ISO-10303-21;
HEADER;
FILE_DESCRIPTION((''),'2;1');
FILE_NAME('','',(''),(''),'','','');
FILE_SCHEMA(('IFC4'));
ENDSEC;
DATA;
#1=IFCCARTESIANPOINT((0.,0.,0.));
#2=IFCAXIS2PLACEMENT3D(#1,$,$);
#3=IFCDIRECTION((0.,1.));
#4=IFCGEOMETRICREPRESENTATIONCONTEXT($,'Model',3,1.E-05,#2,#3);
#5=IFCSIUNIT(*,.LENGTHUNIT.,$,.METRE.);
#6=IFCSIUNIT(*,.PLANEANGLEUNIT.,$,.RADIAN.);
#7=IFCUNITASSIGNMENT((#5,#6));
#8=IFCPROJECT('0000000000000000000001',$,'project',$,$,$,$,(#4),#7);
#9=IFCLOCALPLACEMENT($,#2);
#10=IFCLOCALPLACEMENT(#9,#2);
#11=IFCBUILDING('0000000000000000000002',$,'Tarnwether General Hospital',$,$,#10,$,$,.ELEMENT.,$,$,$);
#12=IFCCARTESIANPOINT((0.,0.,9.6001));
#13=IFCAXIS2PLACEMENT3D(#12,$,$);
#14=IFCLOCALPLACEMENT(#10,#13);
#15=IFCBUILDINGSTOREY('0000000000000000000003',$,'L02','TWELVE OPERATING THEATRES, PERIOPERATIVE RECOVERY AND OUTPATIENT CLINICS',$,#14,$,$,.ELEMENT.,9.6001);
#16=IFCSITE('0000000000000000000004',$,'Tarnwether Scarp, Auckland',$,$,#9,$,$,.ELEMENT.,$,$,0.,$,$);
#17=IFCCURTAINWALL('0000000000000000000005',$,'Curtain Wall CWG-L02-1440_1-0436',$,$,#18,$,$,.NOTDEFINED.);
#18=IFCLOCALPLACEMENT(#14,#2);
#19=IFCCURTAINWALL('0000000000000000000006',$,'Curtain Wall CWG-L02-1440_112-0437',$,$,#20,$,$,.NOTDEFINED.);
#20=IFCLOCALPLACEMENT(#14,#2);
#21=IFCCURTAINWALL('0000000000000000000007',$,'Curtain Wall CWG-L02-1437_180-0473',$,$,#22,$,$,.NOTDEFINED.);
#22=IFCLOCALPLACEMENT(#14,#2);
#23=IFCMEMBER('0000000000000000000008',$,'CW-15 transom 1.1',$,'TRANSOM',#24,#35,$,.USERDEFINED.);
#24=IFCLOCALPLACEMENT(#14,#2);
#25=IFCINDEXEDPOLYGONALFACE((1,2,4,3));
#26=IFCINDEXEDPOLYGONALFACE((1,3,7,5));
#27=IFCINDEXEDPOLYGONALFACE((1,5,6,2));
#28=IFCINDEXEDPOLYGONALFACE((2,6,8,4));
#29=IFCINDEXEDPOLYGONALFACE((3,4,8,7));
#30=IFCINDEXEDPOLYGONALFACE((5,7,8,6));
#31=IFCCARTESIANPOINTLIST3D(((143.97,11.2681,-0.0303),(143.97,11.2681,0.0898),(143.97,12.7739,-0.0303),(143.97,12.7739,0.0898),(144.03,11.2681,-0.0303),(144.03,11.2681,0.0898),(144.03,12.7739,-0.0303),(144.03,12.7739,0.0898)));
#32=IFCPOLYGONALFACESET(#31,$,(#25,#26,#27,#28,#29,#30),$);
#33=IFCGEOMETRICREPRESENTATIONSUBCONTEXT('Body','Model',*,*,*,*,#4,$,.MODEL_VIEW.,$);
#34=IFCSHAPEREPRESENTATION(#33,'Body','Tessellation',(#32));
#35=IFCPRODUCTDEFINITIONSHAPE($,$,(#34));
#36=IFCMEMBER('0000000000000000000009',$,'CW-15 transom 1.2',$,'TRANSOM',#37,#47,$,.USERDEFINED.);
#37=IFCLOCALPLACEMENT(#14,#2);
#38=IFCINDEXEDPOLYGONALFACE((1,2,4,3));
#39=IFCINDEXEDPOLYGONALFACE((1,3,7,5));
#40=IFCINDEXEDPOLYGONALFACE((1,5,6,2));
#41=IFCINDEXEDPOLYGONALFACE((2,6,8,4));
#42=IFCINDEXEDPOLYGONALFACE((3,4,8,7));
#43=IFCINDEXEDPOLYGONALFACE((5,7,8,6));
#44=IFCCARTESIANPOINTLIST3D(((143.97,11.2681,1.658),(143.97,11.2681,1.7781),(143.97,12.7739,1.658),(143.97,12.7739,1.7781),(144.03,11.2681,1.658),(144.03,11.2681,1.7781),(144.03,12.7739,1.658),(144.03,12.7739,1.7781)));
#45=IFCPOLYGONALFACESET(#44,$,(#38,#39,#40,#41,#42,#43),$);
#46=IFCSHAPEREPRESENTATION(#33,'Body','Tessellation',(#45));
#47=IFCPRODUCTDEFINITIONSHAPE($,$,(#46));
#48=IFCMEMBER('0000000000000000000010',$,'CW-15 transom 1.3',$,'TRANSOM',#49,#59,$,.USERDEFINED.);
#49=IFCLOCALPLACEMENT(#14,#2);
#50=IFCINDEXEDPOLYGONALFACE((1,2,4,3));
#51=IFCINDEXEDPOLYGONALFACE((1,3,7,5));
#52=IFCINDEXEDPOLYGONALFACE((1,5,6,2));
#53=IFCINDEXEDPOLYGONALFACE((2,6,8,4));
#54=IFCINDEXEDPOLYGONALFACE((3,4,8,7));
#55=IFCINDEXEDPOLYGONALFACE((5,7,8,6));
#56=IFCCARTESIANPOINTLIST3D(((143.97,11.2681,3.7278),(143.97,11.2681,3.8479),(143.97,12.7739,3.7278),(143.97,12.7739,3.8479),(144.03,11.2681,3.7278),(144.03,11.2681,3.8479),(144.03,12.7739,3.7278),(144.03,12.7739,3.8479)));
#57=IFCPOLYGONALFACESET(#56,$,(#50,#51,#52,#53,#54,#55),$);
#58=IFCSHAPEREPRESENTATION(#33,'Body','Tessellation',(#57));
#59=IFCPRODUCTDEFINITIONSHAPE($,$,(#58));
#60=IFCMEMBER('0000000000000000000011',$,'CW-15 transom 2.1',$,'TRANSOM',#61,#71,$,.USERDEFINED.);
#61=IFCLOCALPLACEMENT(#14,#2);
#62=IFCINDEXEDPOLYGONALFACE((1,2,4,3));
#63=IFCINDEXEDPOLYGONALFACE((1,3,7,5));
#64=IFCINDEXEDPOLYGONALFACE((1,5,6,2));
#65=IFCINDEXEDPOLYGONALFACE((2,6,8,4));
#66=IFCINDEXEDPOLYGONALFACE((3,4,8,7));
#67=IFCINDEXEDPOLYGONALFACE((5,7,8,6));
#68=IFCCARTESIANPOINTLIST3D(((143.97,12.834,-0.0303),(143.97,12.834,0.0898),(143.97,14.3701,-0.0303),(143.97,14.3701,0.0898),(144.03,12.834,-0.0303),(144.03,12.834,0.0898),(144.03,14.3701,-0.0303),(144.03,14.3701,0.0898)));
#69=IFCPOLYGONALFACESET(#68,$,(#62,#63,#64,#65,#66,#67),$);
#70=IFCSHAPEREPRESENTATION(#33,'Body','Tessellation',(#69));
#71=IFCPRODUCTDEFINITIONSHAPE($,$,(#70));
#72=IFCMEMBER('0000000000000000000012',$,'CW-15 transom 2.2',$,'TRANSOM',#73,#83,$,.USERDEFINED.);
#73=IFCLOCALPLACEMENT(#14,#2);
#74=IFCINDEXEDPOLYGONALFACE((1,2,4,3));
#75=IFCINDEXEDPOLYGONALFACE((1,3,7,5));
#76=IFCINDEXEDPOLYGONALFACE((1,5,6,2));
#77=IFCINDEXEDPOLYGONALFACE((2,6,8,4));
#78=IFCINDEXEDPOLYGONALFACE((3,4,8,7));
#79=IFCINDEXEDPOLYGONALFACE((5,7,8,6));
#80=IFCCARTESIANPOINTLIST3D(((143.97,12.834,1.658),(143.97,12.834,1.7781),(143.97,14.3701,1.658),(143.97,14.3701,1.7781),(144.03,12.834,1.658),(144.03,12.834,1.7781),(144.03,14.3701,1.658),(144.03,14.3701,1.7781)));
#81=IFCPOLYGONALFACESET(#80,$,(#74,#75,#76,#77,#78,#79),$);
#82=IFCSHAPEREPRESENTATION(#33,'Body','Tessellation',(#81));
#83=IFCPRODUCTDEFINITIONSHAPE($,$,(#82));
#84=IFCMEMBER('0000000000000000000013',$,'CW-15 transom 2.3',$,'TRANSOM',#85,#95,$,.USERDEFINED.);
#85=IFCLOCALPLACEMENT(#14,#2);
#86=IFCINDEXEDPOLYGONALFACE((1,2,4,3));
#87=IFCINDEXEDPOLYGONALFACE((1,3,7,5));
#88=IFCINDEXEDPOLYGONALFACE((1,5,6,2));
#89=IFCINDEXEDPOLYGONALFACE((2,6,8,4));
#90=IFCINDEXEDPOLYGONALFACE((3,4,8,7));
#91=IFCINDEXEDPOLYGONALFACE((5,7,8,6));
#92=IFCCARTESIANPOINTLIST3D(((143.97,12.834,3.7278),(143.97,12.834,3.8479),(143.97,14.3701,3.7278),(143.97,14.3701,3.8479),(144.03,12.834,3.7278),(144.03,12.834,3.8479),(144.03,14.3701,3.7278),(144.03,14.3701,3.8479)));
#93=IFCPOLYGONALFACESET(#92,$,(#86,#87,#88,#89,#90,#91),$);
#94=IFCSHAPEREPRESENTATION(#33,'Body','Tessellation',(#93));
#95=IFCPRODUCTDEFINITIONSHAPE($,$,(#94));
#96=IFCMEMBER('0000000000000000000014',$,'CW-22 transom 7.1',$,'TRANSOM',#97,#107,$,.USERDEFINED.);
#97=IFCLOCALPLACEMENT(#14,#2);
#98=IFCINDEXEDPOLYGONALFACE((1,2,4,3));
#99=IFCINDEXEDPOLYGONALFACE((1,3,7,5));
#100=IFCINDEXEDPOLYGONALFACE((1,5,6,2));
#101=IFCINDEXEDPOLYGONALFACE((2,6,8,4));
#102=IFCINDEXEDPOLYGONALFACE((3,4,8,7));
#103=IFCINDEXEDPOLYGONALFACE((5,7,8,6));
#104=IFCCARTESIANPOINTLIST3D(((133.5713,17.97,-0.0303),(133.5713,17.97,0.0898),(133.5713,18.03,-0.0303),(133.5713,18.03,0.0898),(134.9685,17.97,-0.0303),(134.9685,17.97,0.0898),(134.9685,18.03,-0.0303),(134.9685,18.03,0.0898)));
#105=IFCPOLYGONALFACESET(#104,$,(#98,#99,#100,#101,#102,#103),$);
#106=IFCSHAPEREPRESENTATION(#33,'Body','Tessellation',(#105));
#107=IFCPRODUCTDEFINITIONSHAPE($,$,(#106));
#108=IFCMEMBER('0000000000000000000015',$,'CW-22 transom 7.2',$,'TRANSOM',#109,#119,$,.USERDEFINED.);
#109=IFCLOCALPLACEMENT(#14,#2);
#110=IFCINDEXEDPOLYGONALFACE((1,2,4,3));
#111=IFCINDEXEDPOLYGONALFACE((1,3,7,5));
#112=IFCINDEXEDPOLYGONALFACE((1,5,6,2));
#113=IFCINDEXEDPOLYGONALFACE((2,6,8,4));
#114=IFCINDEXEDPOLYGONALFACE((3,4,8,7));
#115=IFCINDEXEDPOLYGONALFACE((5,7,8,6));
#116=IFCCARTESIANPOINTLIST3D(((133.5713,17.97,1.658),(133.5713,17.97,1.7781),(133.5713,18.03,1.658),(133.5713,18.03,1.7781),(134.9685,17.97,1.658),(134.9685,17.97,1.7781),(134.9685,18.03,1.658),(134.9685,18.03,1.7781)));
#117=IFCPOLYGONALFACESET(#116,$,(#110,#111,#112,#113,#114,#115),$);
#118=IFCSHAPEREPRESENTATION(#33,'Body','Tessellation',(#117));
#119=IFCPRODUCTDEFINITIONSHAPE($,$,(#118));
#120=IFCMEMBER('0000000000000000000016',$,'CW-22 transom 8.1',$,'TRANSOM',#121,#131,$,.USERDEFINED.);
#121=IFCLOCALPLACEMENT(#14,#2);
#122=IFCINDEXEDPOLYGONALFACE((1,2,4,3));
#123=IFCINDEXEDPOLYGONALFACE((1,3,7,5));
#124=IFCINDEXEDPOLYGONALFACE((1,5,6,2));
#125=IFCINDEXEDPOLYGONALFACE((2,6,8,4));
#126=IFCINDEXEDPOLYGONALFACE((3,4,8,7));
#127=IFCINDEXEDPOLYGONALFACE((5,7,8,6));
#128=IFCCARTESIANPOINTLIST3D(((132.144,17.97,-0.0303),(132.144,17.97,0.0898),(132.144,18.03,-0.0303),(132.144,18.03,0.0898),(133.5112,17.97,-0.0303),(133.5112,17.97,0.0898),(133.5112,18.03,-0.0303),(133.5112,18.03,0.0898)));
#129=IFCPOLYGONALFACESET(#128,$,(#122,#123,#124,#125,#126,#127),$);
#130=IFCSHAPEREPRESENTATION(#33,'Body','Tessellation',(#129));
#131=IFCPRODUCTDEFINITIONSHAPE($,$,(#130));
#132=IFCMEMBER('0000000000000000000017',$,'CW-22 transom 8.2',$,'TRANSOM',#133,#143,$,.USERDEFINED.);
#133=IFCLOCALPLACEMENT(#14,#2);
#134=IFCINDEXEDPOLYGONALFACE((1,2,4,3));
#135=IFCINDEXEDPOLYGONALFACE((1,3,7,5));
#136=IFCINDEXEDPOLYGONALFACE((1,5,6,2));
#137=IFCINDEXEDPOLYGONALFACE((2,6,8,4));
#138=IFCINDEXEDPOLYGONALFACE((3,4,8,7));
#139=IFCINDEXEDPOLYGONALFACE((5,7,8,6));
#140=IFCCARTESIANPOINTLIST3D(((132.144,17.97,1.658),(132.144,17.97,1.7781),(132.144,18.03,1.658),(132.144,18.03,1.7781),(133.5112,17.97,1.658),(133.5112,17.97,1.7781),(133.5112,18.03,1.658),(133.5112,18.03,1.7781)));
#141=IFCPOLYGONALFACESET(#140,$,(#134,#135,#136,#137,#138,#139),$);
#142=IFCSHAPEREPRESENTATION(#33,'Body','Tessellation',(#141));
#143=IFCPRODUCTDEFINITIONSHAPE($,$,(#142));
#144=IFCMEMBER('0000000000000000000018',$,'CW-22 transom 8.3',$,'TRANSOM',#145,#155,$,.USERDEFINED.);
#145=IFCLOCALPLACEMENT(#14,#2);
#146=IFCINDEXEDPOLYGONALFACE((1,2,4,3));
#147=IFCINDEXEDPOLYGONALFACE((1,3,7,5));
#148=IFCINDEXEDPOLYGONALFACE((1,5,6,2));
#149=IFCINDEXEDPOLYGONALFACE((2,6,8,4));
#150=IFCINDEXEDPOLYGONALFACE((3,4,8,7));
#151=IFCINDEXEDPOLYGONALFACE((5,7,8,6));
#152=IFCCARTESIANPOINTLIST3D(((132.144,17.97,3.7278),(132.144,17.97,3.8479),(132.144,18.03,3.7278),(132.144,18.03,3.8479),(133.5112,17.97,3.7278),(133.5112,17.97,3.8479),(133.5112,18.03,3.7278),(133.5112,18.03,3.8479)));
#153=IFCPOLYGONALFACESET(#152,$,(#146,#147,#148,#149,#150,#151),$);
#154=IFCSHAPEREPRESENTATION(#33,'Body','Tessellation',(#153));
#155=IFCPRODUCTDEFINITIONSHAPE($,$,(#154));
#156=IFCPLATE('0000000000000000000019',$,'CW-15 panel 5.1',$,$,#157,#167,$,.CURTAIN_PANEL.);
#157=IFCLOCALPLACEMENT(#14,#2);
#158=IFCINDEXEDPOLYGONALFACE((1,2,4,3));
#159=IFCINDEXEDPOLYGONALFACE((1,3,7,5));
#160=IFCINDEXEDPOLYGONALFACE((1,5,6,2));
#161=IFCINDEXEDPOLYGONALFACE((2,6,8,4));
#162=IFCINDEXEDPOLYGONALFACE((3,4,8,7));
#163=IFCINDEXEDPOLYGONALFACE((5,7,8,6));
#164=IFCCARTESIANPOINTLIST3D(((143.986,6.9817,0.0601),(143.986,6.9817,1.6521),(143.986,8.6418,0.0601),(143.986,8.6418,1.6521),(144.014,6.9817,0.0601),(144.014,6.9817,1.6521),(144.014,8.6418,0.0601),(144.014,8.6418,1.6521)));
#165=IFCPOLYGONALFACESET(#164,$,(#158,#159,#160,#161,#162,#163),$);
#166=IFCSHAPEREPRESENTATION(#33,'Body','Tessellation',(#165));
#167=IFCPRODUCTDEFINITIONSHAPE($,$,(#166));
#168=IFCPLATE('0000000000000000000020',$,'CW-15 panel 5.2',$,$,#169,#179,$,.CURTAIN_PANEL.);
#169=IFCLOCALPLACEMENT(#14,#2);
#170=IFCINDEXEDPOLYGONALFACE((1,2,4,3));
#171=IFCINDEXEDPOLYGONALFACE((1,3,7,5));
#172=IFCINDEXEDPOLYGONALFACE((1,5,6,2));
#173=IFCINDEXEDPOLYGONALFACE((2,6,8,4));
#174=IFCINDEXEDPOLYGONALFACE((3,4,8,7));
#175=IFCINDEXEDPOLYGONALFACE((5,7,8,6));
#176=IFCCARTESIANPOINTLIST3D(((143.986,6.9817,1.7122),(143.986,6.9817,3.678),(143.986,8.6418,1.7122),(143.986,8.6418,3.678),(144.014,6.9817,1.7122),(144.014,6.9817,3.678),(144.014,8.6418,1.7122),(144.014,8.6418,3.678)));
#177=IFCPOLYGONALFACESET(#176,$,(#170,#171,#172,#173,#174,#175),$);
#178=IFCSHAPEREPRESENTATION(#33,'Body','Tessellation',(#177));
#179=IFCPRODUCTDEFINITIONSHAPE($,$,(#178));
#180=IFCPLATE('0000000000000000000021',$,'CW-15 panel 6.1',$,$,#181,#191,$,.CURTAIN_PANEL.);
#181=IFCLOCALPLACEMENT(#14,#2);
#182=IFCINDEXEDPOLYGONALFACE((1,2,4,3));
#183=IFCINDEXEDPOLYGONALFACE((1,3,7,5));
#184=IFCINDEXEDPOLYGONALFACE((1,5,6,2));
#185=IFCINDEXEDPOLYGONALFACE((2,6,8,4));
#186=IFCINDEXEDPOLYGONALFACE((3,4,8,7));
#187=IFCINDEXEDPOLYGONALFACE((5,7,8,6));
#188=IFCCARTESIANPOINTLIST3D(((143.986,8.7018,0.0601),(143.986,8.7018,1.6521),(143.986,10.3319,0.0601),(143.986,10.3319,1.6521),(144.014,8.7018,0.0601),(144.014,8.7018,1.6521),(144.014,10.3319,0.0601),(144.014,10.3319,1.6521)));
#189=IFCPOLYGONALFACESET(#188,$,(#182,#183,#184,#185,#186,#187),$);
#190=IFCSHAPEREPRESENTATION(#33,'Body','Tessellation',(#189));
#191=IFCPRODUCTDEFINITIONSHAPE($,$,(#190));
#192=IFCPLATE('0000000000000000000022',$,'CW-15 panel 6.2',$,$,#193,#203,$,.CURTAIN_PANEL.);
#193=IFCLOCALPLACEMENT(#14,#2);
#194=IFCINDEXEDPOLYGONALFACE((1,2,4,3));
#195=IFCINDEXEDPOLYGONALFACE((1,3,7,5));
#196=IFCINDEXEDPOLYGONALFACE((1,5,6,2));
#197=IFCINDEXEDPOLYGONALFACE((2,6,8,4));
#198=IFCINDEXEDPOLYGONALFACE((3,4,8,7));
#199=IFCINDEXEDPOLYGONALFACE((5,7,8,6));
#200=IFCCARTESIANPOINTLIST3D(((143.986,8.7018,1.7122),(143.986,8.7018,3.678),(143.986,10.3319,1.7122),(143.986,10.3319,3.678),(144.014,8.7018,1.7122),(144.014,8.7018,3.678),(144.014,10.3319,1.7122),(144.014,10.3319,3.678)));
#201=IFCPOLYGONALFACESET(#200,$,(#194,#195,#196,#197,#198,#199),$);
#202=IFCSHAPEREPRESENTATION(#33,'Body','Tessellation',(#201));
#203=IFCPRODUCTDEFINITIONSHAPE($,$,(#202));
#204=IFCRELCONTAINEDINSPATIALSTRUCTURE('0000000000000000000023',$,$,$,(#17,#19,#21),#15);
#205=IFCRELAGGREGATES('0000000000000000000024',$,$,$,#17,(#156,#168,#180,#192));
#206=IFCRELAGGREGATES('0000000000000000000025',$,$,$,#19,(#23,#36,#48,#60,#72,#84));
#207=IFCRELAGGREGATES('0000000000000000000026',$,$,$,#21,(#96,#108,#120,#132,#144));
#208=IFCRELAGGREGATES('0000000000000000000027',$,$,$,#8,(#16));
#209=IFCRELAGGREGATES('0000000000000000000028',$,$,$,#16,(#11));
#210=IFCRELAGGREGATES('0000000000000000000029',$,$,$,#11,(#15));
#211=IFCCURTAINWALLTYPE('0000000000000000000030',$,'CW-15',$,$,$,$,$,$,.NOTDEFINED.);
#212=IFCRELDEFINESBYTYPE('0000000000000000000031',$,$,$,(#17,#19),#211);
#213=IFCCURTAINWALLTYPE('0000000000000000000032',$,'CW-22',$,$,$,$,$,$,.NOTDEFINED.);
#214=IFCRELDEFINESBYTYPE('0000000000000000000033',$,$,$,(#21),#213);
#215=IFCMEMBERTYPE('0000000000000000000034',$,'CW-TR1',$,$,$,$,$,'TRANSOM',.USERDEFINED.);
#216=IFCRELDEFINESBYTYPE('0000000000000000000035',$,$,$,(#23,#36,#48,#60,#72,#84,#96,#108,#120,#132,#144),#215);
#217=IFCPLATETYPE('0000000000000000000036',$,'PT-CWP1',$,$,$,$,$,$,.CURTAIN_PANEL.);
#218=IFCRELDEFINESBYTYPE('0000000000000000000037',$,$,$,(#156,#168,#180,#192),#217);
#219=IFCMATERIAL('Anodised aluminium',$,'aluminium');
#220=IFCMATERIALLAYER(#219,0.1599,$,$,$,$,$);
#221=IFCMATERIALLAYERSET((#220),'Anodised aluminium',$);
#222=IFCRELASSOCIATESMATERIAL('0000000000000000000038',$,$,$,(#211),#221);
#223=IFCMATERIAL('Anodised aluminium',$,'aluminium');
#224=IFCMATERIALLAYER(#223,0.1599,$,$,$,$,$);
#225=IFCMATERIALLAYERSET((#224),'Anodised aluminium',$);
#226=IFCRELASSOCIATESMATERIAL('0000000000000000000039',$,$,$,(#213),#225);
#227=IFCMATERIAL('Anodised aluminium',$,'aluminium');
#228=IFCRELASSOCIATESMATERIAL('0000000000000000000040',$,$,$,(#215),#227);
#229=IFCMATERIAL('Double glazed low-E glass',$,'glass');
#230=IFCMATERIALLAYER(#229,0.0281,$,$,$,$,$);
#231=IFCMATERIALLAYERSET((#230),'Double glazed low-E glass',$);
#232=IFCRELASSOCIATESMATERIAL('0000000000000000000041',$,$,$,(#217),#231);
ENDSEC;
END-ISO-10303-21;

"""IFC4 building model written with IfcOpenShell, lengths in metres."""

from ifc_helpers import new_model, si_unit, direction, frame, origin, origin_2d, place, context, subcontext, project, spatial, rectangle, extrude, material, layer, layer_set, material_profile, profile_set, type_object, element, aggregate, save


model = new_model("IFC4")

# Units and contexts
model_context = context("Model", 3, precision=1e-05, world=origin(), true_north=direction((0.0, 1.0)))
body_context = subcontext(model_context, "Body", "Model", "MODEL_VIEW")
ifc_project = project(units=[si_unit("LENGTHUNIT", "METRE"), si_unit("PLANEANGLEUNIT", "RADIAN")], contexts=[model_context])

# Site, building, storey
site_placement = place(None, origin())
site = spatial("IfcSite", under=ifc_project, at=site_placement, Name="Tarnwether Scarp, Auckland", CompositionType="ELEMENT", RefElevation=0.0)
building_placement = place(site_placement, origin())
building = spatial("IfcBuilding", under=site, at=building_placement, Name="Tarnwether General Hospital", CompositionType="ELEMENT")
storey_placement = place(building_placement, frame((0.0, 0.0, 9.6001)))
storey = spatial("IfcBuildingStorey", under=building, at=storey_placement, Name="L02", Description="TWELVE OPERATING THEATRES, PERIOPERATIVE RECOVERY AND OUTPATIENT CLINICS", CompositionType="ELEMENT", Elevation=9.6001)

# Curtain walls
ifc_material_1 = material(Name="Anodised aluminium", Category="aluminium")
ifc_layer_1 = layer(ifc_material_1, 0.1599)
ifc_layer_set_1 = layer_set([ifc_layer_1], Name="Anodised aluminium")
curtain_wall_type_1 = type_object("IfcCurtainWallType", Name="CW-15", PredefinedType="NOTDEFINED", material=ifc_layer_set_1)
curtain_wall_1_placement = place(storey_placement, origin())
curtain_wall_1 = element("IfcCurtainWall", 1, at=curtain_wall_1_placement, inside=storey, type_object=curtain_wall_type_1, Name="Curtain Wall CWG-L02-1440_1-0436", PredefinedType="NOTDEFINED")
curtain_wall_2_placement = place(storey_placement, origin())
curtain_wall_2 = element("IfcCurtainWall", 2, at=curtain_wall_2_placement, inside=storey, type_object=curtain_wall_type_1, Name="Curtain Wall CWG-L02-1440_112-0437", PredefinedType="NOTDEFINED")
ifc_material_2 = material(Name="Anodised aluminium", Category="aluminium")
ifc_layer_2 = layer(ifc_material_2, 0.1599)
ifc_layer_set_2 = layer_set([ifc_layer_2], Name="Anodised aluminium")
curtain_wall_type_2 = type_object("IfcCurtainWallType", Name="CW-22", PredefinedType="NOTDEFINED", material=ifc_layer_set_2)
curtain_wall_3_placement = place(storey_placement, origin())
curtain_wall_3 = element("IfcCurtainWall", 3, at=curtain_wall_3_placement, inside=storey, type_object=curtain_wall_type_2, Name="Curtain Wall CWG-L02-1437_180-0473", PredefinedType="NOTDEFINED")

# Members
ifc_material_3 = material(Name="Anodised aluminium", Category="aluminium")
ifc_material_profile_1 = material_profile(ifc_material_3, rectangle(XDim=0.0601, YDim=0.1201, at=origin_2d()), Name="ALU-TRN-60x120")
ifc_profile_set_1 = profile_set([ifc_material_profile_1], Name="Anodised aluminium")
member_type_1 = type_object("IfcMemberType", Name="CW-TR1", ElementType="TRANSOM", PredefinedType="USERDEFINED", material=ifc_profile_set_1)
member_1_placement = place(storey_placement, frame((144.0, 11.2681, 0.0298), z_axis=(0.0, 1.0, 0.0), x_axis=(-1.0, 0.0, 0.0)))
member_1 = element("IfcMember", 4, at=member_1_placement, type_object=member_type_1, Name="CW-15 transom 1.1", ObjectType="TRANSOM", PredefinedType="USERDEFINED", context=body_context, shape_type="SweptSolid", body=[
    extrude(rectangle(XDim=0.0601, YDim=0.1201, at=origin_2d()), origin(), (0.0, 0.0, 1.0), 1.5059),
])
member_2_placement = place(storey_placement, frame((144.0, 11.2681, 1.718), z_axis=(0.0, 1.0, 0.0), x_axis=(-1.0, 0.0, 0.0)))
member_2 = element("IfcMember", 5, at=member_2_placement, type_object=member_type_1, Name="CW-15 transom 1.2", ObjectType="TRANSOM", PredefinedType="USERDEFINED", context=body_context, shape_type="SweptSolid", body=[
    extrude(rectangle(XDim=0.0601, YDim=0.1201, at=origin_2d()), origin(), (0.0, 0.0, 1.0), 1.5059),
])
member_3_placement = place(storey_placement, frame((144.0, 11.2681, 3.7878), z_axis=(0.0, 1.0, 0.0), x_axis=(-1.0, 0.0, 0.0)))
member_3 = element("IfcMember", 6, at=member_3_placement, type_object=member_type_1, Name="CW-15 transom 1.3", ObjectType="TRANSOM", PredefinedType="USERDEFINED", context=body_context, shape_type="SweptSolid", body=[
    extrude(rectangle(XDim=0.0601, YDim=0.1201, at=origin_2d()), origin(), (0.0, 0.0, 1.0), 1.5059),
])
member_4_placement = place(storey_placement, frame((144.0, 12.834, 0.0298), z_axis=(0.0, 1.0, 0.0), x_axis=(-1.0, 0.0, 0.0)))
member_4 = element("IfcMember", 7, at=member_4_placement, type_object=member_type_1, Name="CW-15 transom 2.1", ObjectType="TRANSOM", PredefinedType="USERDEFINED", context=body_context, shape_type="SweptSolid", body=[
    extrude(rectangle(XDim=0.0601, YDim=0.1201, at=origin_2d()), origin(), (0.0, 0.0, 1.0), 1.5361),
])
member_5_placement = place(storey_placement, frame((144.0, 12.834, 1.718), z_axis=(0.0, 1.0, 0.0), x_axis=(-1.0, 0.0, 0.0)))
member_5 = element("IfcMember", 8, at=member_5_placement, type_object=member_type_1, Name="CW-15 transom 2.2", ObjectType="TRANSOM", PredefinedType="USERDEFINED", context=body_context, shape_type="SweptSolid", body=[
    extrude(rectangle(XDim=0.0601, YDim=0.1201, at=origin_2d()), origin(), (0.0, 0.0, 1.0), 1.5361),
])
member_6_placement = place(storey_placement, frame((144.0, 12.834, 3.7878), z_axis=(0.0, 1.0, 0.0), x_axis=(-1.0, 0.0, 0.0)))
member_6 = element("IfcMember", 9, at=member_6_placement, type_object=member_type_1, Name="CW-15 transom 2.3", ObjectType="TRANSOM", PredefinedType="USERDEFINED", context=body_context, shape_type="SweptSolid", body=[
    extrude(rectangle(XDim=0.0601, YDim=0.1201, at=origin_2d()), origin(), (0.0, 0.0, 1.0), 1.5361),
])
member_7_placement = place(storey_placement, frame((134.9685, 18.0, 0.0298), z_axis=(-1.0, 0.0, 0.0), x_axis=(0.0, -1.0, 0.0)))
member_7 = element("IfcMember", 10, at=member_7_placement, type_object=member_type_1, Name="CW-22 transom 7.1", ObjectType="TRANSOM", PredefinedType="USERDEFINED", context=body_context, shape_type="SweptSolid", body=[
    extrude(rectangle(XDim=0.0601, YDim=0.1201, at=origin_2d()), origin(), (0.0, 0.0, 1.0), 1.3972),
])
member_8_placement = place(storey_placement, frame((134.9685, 18.0, 1.718), z_axis=(-1.0, 0.0, 0.0), x_axis=(0.0, -1.0, 0.0)))
member_8 = element("IfcMember", 11, at=member_8_placement, type_object=member_type_1, Name="CW-22 transom 7.2", ObjectType="TRANSOM", PredefinedType="USERDEFINED", context=body_context, shape_type="SweptSolid", body=[
    extrude(rectangle(XDim=0.0601, YDim=0.1201, at=origin_2d()), origin(), (0.0, 0.0, 1.0), 1.3972),
])
member_9_placement = place(storey_placement, frame((133.5112, 18.0, 0.0298), z_axis=(-1.0, 0.0, 0.0), x_axis=(0.0, -1.0, 0.0)))
member_9 = element("IfcMember", 12, at=member_9_placement, type_object=member_type_1, Name="CW-22 transom 8.1", ObjectType="TRANSOM", PredefinedType="USERDEFINED", context=body_context, shape_type="SweptSolid", body=[
    extrude(rectangle(XDim=0.0601, YDim=0.1201, at=origin_2d()), origin(), (0.0, 0.0, 1.0), 1.3672),
])
member_10_placement = place(storey_placement, frame((133.5112, 18.0, 1.718), z_axis=(-1.0, 0.0, 0.0), x_axis=(0.0, -1.0, 0.0)))
member_10 = element("IfcMember", 13, at=member_10_placement, type_object=member_type_1, Name="CW-22 transom 8.2", ObjectType="TRANSOM", PredefinedType="USERDEFINED", context=body_context, shape_type="SweptSolid", body=[
    extrude(rectangle(XDim=0.0601, YDim=0.1201, at=origin_2d()), origin(), (0.0, 0.0, 1.0), 1.3672),
])
member_11_placement = place(storey_placement, frame((133.5112, 18.0, 3.7878), z_axis=(-1.0, 0.0, 0.0), x_axis=(0.0, -1.0, 0.0)))
member_11 = element("IfcMember", 14, at=member_11_placement, type_object=member_type_1, Name="CW-22 transom 8.3", ObjectType="TRANSOM", PredefinedType="USERDEFINED", context=body_context, shape_type="SweptSolid", body=[
    extrude(rectangle(XDim=0.0601, YDim=0.1201, at=origin_2d()), origin(), (0.0, 0.0, 1.0), 1.3672),
])

# Plates
ifc_material_4 = material(Name="Double glazed low-E glass", Category="glass")
ifc_layer_3 = layer(ifc_material_4, 0.0281)
ifc_layer_set_3 = layer_set([ifc_layer_3], Name="Double glazed low-E glass")
plate_type = type_object("IfcPlateType", Name="PT-CWP1", PredefinedType="CURTAIN_PANEL", material=ifc_layer_set_3)
plate_1_placement = place(storey_placement, frame((144.0, 7.8118, 0.0601), z_axis=(0.0, 0.0, 1.0), x_axis=(0.0, 1.0, 0.0)))
plate_1 = element("IfcPlate", 15, at=plate_1_placement, type_object=plate_type, Name="CW-15 panel 5.1", PredefinedType="CURTAIN_PANEL", context=body_context, shape_type="SweptSolid", body=[
    extrude(rectangle(XDim=1.6602, YDim=0.0281, at=origin_2d()), origin(), (0.0, 0.0, 1.0), 1.592),
])
plate_2_placement = place(storey_placement, frame((144.0, 7.8118, 1.7122), z_axis=(0.0, 0.0, 1.0), x_axis=(0.0, 1.0, 0.0)))
plate_2 = element("IfcPlate", 16, at=plate_2_placement, type_object=plate_type, Name="CW-15 panel 5.2", PredefinedType="CURTAIN_PANEL", context=body_context, shape_type="SweptSolid", body=[
    extrude(rectangle(XDim=1.6602, YDim=0.0281, at=origin_2d()), origin(), (0.0, 0.0, 1.0), 1.9658),
])
plate_3_placement = place(storey_placement, frame((144.0, 9.5168, 0.0601), z_axis=(0.0, 0.0, 1.0), x_axis=(0.0, 1.0, 0.0)))
plate_3 = element("IfcPlate", 17, at=plate_3_placement, type_object=plate_type, Name="CW-15 panel 6.1", PredefinedType="CURTAIN_PANEL", context=body_context, shape_type="SweptSolid", body=[
    extrude(rectangle(XDim=1.6301, YDim=0.0281, at=origin_2d()), origin(), (0.0, 0.0, 1.0), 1.592),
])
plate_4_placement = place(storey_placement, frame((144.0, 9.5168, 1.7122), z_axis=(0.0, 0.0, 1.0), x_axis=(0.0, 1.0, 0.0)))
plate_4 = element("IfcPlate", 18, at=plate_4_placement, type_object=plate_type, Name="CW-15 panel 6.2", PredefinedType="CURTAIN_PANEL", context=body_context, shape_type="SweptSolid", body=[
    extrude(rectangle(XDim=1.6301, YDim=0.0281, at=origin_2d()), origin(), (0.0, 0.0, 1.0), 1.9658),
])
aggregate(curtain_wall_1, [plate_1, plate_2, plate_3, plate_4])
aggregate(curtain_wall_2, [member_1, member_2, member_3, member_4, member_5, member_6])
aggregate(curtain_wall_3, [member_7, member_8, member_9, member_10, member_11])

save(model, "model.ifc")
